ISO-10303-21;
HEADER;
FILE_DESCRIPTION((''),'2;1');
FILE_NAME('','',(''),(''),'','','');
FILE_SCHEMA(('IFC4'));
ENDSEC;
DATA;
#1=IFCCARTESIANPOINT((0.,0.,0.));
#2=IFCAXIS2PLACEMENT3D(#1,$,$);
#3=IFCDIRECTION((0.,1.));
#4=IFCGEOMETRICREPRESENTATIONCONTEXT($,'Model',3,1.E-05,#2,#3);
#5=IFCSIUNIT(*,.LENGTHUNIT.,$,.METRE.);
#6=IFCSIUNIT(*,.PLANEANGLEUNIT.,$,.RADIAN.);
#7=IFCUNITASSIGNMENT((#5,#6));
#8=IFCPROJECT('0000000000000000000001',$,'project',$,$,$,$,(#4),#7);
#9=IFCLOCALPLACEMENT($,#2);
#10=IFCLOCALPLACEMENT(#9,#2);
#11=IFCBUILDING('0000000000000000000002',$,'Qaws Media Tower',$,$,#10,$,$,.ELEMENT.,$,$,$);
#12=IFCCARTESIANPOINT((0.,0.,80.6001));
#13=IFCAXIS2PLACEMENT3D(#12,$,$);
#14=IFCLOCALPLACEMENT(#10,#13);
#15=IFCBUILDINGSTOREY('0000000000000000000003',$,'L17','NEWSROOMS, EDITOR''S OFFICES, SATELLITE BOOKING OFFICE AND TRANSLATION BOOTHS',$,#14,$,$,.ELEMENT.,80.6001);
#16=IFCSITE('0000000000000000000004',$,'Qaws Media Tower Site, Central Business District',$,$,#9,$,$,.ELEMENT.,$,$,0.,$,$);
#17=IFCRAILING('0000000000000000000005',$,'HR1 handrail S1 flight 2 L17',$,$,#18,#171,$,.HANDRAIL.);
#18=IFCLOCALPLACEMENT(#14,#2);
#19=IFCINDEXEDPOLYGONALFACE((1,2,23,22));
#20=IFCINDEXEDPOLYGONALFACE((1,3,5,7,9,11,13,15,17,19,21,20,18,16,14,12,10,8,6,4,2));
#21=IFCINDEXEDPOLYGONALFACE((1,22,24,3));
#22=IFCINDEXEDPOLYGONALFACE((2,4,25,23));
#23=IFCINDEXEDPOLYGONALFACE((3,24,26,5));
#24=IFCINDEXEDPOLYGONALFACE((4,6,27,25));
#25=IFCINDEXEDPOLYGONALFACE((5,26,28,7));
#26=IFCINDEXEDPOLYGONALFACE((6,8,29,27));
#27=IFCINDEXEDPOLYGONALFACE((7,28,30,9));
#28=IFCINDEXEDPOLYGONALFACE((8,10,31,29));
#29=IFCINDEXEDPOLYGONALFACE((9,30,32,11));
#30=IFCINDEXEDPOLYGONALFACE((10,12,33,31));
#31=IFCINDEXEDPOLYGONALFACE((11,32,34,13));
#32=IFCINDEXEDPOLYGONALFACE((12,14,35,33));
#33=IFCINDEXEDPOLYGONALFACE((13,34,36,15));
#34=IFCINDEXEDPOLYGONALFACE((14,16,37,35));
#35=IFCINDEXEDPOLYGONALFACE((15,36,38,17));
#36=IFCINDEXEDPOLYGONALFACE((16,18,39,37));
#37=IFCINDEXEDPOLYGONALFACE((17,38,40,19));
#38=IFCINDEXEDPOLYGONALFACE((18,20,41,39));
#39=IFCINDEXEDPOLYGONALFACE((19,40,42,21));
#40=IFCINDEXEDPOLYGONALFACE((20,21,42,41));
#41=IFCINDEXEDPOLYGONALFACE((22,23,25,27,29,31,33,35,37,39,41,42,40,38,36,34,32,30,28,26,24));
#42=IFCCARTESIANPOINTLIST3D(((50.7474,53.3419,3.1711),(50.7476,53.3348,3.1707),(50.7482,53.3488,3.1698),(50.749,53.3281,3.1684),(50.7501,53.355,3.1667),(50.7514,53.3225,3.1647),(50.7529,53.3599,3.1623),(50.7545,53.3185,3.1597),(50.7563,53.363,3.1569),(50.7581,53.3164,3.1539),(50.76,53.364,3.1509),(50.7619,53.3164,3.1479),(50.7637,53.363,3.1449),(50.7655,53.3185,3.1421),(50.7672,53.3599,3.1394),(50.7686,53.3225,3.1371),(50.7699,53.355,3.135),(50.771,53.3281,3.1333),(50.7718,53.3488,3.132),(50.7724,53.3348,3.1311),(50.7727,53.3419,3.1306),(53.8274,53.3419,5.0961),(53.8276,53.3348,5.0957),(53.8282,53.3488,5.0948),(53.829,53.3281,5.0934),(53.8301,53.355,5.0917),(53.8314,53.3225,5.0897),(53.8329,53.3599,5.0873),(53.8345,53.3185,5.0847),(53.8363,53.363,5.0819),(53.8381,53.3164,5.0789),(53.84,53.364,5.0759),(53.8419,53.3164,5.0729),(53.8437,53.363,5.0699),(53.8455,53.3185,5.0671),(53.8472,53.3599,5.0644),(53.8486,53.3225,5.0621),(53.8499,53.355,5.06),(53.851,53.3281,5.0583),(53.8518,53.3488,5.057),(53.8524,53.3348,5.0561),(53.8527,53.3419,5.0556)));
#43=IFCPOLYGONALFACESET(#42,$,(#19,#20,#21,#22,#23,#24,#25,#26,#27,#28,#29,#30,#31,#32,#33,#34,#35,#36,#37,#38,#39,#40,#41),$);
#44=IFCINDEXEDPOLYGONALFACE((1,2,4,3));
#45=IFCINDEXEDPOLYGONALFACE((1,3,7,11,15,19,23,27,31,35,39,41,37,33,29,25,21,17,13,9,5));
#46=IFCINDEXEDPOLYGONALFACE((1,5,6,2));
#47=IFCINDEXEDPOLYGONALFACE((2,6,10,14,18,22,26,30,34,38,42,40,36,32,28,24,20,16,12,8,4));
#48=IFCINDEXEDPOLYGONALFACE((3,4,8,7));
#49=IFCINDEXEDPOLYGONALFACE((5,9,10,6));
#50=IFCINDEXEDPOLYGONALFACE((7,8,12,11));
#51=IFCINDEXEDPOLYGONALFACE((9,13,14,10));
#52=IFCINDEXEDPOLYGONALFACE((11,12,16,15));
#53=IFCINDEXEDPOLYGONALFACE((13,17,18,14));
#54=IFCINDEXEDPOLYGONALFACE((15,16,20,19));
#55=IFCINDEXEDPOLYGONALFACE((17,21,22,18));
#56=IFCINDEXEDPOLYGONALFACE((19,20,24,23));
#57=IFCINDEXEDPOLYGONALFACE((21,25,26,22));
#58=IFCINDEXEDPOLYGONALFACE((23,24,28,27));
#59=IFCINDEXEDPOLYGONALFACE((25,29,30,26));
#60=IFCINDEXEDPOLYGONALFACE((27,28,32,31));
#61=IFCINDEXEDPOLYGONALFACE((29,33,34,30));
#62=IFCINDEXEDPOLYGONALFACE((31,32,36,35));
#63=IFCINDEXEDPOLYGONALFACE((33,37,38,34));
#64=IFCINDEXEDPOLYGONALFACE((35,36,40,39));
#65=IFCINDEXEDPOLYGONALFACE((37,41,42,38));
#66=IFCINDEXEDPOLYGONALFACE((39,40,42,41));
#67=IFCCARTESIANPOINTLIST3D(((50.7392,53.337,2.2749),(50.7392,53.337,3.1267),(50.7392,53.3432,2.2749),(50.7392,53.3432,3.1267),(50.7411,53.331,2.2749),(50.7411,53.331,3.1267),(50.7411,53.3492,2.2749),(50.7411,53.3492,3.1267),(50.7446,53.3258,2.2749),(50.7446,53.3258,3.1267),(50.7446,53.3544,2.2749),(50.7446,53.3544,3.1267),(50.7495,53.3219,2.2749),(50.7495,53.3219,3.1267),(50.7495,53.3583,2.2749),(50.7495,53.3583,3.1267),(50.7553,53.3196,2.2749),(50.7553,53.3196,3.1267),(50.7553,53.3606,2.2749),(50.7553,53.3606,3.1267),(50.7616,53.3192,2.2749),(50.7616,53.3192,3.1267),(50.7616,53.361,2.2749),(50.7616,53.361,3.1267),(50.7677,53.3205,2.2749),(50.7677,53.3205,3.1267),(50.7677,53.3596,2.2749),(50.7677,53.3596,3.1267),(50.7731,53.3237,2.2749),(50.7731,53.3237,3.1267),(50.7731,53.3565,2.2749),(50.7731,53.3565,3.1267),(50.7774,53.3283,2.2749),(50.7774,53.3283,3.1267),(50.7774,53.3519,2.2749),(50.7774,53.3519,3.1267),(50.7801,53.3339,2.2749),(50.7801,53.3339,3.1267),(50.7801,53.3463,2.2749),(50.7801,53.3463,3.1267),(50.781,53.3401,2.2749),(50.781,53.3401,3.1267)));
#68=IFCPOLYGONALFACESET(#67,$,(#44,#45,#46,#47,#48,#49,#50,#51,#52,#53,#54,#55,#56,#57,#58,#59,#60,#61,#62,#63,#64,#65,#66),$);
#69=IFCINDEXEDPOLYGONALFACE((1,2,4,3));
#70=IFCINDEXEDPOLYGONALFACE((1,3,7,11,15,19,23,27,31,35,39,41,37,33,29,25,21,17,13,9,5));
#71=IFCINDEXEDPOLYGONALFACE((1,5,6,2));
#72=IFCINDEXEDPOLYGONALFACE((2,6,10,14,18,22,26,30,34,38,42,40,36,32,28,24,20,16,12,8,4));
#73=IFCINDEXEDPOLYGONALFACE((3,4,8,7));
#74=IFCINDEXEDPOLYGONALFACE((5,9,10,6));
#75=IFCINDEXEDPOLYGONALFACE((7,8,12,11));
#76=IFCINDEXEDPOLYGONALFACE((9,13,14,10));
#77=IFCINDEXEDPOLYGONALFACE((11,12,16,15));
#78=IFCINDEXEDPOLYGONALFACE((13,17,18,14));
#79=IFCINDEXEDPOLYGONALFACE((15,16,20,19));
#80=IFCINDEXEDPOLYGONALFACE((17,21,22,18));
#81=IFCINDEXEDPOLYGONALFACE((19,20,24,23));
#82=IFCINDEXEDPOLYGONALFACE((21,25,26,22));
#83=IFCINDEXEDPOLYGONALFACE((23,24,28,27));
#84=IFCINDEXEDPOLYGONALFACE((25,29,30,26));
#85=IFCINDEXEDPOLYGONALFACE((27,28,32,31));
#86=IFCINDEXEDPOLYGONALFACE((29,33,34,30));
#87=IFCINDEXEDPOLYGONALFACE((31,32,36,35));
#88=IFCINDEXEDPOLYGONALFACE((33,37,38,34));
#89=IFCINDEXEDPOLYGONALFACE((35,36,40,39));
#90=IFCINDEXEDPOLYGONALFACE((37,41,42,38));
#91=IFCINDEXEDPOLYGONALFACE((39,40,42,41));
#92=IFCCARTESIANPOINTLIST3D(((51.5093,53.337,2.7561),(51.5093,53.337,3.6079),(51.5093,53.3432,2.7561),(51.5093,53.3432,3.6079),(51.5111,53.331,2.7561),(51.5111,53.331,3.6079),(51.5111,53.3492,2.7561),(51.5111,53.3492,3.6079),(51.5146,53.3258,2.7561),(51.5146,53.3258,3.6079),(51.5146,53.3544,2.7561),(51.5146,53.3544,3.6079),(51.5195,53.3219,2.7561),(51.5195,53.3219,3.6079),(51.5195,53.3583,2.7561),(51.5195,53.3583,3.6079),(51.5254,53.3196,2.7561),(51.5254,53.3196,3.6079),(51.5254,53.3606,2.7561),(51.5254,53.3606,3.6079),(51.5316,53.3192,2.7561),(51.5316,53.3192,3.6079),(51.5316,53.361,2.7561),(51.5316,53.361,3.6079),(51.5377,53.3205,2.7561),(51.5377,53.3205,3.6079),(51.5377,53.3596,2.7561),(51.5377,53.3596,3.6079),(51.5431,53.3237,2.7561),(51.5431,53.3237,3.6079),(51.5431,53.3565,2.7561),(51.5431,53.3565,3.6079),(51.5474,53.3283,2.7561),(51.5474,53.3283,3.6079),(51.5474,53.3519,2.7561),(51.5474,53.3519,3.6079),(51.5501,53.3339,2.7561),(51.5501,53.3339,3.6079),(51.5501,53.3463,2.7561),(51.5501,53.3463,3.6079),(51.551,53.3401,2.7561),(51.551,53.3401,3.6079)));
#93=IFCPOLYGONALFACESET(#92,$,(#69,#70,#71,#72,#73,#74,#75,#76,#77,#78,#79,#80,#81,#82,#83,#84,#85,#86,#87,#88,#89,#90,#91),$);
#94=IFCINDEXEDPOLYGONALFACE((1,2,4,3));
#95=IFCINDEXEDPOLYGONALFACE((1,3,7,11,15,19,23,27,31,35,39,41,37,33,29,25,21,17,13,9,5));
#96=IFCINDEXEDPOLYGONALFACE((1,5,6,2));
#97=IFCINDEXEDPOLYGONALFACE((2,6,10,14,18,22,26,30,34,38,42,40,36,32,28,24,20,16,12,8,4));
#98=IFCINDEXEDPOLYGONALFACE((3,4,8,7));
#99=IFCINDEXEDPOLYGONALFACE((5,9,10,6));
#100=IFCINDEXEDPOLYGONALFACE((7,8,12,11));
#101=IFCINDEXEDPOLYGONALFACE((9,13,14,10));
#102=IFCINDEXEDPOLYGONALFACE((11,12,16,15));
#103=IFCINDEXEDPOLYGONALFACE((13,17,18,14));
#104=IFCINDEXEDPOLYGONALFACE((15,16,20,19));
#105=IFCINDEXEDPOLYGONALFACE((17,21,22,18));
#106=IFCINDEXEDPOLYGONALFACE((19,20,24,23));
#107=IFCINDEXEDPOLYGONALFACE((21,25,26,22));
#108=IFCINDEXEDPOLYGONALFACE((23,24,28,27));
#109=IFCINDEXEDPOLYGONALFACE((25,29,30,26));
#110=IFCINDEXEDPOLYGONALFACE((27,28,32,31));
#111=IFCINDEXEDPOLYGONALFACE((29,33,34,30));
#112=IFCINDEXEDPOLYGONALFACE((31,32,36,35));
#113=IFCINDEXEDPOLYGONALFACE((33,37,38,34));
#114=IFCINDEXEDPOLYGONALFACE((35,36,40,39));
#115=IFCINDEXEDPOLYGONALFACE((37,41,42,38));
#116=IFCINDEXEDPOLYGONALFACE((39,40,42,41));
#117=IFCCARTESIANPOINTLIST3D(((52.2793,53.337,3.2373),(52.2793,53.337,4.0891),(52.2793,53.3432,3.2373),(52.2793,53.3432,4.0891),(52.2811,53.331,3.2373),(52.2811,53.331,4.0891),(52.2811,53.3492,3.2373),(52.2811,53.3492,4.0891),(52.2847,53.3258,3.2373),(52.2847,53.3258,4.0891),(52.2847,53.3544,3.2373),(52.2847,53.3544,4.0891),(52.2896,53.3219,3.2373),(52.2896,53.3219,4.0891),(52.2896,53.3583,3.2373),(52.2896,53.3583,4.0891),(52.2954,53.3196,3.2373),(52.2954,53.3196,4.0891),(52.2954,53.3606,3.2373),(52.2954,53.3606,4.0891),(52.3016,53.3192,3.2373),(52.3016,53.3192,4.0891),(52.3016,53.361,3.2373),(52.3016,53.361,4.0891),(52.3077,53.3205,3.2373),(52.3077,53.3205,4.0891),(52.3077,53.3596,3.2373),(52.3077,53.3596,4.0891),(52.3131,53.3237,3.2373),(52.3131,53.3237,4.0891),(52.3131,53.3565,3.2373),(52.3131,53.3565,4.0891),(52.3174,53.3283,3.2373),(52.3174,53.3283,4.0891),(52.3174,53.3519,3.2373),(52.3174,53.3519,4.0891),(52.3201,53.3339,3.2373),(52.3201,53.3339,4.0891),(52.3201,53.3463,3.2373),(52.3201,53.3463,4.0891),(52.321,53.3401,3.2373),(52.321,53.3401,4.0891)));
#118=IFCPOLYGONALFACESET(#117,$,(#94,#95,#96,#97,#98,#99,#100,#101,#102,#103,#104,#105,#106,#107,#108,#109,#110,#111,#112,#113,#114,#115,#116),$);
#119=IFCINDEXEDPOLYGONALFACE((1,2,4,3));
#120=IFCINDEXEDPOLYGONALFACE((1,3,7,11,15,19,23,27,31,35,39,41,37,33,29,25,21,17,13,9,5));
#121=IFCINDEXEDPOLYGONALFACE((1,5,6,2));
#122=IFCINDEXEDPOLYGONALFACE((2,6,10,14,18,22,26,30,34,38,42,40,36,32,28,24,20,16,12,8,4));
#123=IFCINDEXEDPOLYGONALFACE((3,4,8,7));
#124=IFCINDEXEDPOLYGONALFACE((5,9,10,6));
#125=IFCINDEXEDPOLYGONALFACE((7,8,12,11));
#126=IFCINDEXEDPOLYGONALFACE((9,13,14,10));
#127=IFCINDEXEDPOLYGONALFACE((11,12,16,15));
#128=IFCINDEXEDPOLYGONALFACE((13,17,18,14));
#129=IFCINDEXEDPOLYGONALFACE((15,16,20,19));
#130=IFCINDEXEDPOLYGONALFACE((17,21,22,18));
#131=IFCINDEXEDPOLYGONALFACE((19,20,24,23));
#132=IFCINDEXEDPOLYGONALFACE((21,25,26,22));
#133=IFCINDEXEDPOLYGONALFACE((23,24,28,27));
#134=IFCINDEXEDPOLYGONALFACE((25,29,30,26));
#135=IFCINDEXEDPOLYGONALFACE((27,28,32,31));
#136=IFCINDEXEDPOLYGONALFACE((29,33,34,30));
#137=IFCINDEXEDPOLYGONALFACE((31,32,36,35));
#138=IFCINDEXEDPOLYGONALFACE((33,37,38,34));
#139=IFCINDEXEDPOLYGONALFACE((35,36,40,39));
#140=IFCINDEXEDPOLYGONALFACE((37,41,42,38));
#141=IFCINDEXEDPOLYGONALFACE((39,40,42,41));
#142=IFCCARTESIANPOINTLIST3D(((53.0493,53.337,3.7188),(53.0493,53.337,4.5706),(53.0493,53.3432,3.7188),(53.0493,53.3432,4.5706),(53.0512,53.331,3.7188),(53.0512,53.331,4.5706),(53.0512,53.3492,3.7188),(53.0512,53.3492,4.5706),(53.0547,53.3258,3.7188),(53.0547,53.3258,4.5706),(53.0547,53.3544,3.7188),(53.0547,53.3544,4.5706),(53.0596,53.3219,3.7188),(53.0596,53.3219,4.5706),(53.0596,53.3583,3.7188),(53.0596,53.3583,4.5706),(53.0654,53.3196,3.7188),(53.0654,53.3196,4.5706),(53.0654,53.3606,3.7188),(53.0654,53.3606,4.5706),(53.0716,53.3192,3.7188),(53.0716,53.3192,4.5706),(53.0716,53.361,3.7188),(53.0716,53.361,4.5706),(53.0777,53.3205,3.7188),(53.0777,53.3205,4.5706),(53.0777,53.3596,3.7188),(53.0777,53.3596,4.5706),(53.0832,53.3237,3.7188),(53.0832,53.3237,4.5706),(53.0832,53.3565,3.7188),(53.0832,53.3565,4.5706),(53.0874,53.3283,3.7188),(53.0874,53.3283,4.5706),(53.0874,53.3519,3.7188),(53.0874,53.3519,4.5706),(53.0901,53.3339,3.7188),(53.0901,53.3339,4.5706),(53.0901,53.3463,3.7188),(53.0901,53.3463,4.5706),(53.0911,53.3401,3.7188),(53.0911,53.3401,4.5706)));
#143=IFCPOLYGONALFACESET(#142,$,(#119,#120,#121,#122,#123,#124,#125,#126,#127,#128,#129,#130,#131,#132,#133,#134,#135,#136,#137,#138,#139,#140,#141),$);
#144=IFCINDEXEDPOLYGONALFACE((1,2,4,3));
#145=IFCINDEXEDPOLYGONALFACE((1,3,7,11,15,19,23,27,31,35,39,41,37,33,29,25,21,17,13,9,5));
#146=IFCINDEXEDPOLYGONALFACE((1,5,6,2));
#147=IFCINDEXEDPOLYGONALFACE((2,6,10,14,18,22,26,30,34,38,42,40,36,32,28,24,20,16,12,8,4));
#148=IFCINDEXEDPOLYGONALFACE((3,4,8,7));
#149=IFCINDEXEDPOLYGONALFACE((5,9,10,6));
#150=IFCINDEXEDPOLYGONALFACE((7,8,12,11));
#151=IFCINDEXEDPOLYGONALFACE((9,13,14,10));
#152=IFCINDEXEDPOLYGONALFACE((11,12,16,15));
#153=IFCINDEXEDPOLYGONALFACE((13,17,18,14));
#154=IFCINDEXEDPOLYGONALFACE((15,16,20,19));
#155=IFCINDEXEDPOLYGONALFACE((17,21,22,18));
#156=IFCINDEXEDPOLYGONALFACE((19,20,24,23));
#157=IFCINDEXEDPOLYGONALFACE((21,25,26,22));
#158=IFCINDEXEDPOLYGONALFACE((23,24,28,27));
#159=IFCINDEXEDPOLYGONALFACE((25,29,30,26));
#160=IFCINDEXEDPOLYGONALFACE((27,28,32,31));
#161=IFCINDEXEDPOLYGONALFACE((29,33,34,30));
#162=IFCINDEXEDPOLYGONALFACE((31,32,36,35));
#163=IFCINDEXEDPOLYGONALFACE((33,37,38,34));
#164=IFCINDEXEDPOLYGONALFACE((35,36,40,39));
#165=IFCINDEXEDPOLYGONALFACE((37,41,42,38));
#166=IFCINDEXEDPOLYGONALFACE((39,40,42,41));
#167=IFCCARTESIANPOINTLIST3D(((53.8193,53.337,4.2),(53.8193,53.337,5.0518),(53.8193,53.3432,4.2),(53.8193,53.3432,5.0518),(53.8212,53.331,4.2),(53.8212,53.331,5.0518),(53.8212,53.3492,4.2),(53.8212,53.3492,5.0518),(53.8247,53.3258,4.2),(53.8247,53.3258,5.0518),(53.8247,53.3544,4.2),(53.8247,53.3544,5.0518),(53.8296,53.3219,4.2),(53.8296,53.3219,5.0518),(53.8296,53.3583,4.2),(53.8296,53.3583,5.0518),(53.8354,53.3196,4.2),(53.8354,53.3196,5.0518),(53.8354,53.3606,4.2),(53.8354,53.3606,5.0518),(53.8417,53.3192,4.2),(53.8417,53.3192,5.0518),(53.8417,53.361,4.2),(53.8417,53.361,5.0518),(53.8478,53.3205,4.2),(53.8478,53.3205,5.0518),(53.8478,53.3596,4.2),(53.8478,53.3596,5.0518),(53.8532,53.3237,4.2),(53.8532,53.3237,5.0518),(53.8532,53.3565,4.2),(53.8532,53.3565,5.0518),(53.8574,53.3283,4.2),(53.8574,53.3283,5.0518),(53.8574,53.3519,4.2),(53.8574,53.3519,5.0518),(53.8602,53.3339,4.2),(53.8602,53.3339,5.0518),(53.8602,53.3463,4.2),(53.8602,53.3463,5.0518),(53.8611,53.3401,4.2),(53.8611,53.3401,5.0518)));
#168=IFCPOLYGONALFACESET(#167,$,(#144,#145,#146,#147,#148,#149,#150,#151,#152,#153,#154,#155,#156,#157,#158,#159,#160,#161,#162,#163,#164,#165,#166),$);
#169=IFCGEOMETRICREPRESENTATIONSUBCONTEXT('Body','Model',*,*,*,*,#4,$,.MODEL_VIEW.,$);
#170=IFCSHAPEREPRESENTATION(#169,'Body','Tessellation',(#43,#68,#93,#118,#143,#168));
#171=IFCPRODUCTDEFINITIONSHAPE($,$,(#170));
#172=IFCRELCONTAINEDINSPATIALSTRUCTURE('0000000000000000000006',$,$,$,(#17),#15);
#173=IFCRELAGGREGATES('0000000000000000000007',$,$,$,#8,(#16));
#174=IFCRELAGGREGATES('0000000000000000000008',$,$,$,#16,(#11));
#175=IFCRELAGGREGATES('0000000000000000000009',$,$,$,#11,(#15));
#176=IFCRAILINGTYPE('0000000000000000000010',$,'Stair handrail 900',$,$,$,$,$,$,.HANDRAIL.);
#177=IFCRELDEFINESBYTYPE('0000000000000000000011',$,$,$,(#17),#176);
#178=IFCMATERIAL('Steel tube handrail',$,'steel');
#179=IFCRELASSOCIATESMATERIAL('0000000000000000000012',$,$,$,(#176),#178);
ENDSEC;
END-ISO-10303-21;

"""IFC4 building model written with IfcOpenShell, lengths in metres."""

from ifc_helpers import new_model, si_unit, direction, frame, origin, origin_2d, place, context, subcontext, project, spatial, circle, extrude, material, type_object, element, save


model = new_model("IFC4")

# Units and contexts
model_context = context("Model", 3, precision=1e-05, world=origin(), true_north=direction((0.0, 1.0)))
body_context = subcontext(model_context, "Body", "Model", "MODEL_VIEW")
ifc_project = project(units=[si_unit("LENGTHUNIT", "METRE"), si_unit("PLANEANGLEUNIT", "RADIAN")], contexts=[model_context])

# Site, building, storey
site_placement = place(None, origin())
site = spatial("IfcSite", under=ifc_project, at=site_placement, Name="Qaws Media Tower Site, Central Business District", CompositionType="ELEMENT", RefElevation=0.0)
building_placement = place(site_placement, origin())
building = spatial("IfcBuilding", under=site, at=building_placement, Name="Qaws Media Tower", CompositionType="ELEMENT")
storey_placement = place(building_placement, frame((0.0, 0.0, 80.6001)))
storey = spatial("IfcBuildingStorey", under=building, at=storey_placement, Name="L17", Description="NEWSROOMS, EDITOR'S OFFICES, SATELLITE BOOKING OFFICE AND TRANSLATION BOOTHS", CompositionType="ELEMENT", Elevation=80.6001)

# Railing
ifc_material_1 = material(Name="Steel tube handrail", Category="steel")
railing_type = type_object("IfcRailingType", Name="Stair handrail 900", PredefinedType="HANDRAIL", material=ifc_material_1)
for number, where, name in (
    (1, (50.76, 53.3401, 2.2749), "HR1 handrail S1 flight 2 L17"),
):
    element("IfcRailing", number, at=place(storey_placement, frame(where)), inside=storey, type_object=railing_type, Name=name, PredefinedType="HANDRAIL", context=body_context, shape_type="SweptSolid", body=[
        extrude(circle(Radius=0.0239, at=origin_2d()), frame((0.0, 0.0, 0.876), z_axis=(0.847998, 0.0, 0.529999), x_axis=(0.0, 1.0, 0.0)), (0.0, 0.0, 1.0), 3.6321),
        extrude(circle(Radius=0.021, at=origin_2d()), origin(), (0.0, 0.0, 1.0), 0.8518),
        extrude(circle(Radius=0.021, at=origin_2d()), frame((0.77, 0.0, 0.4812)), (0.0, 0.0, 1.0), 0.8518),
        extrude(circle(Radius=0.021, at=origin_2d()), frame((1.54, 0.0, 0.9624)), (0.0, 0.0, 1.0), 0.8518),
        extrude(circle(Radius=0.021, at=origin_2d()), frame((2.3101, 0.0, 1.4438)), (0.0, 0.0, 1.0), 0.8518),
        extrude(circle(Radius=0.021, at=origin_2d()), frame((3.0801, 0.0, 1.925)), (0.0, 0.0, 1.0), 0.8518),
    ])

save(model, "model.ifc")
